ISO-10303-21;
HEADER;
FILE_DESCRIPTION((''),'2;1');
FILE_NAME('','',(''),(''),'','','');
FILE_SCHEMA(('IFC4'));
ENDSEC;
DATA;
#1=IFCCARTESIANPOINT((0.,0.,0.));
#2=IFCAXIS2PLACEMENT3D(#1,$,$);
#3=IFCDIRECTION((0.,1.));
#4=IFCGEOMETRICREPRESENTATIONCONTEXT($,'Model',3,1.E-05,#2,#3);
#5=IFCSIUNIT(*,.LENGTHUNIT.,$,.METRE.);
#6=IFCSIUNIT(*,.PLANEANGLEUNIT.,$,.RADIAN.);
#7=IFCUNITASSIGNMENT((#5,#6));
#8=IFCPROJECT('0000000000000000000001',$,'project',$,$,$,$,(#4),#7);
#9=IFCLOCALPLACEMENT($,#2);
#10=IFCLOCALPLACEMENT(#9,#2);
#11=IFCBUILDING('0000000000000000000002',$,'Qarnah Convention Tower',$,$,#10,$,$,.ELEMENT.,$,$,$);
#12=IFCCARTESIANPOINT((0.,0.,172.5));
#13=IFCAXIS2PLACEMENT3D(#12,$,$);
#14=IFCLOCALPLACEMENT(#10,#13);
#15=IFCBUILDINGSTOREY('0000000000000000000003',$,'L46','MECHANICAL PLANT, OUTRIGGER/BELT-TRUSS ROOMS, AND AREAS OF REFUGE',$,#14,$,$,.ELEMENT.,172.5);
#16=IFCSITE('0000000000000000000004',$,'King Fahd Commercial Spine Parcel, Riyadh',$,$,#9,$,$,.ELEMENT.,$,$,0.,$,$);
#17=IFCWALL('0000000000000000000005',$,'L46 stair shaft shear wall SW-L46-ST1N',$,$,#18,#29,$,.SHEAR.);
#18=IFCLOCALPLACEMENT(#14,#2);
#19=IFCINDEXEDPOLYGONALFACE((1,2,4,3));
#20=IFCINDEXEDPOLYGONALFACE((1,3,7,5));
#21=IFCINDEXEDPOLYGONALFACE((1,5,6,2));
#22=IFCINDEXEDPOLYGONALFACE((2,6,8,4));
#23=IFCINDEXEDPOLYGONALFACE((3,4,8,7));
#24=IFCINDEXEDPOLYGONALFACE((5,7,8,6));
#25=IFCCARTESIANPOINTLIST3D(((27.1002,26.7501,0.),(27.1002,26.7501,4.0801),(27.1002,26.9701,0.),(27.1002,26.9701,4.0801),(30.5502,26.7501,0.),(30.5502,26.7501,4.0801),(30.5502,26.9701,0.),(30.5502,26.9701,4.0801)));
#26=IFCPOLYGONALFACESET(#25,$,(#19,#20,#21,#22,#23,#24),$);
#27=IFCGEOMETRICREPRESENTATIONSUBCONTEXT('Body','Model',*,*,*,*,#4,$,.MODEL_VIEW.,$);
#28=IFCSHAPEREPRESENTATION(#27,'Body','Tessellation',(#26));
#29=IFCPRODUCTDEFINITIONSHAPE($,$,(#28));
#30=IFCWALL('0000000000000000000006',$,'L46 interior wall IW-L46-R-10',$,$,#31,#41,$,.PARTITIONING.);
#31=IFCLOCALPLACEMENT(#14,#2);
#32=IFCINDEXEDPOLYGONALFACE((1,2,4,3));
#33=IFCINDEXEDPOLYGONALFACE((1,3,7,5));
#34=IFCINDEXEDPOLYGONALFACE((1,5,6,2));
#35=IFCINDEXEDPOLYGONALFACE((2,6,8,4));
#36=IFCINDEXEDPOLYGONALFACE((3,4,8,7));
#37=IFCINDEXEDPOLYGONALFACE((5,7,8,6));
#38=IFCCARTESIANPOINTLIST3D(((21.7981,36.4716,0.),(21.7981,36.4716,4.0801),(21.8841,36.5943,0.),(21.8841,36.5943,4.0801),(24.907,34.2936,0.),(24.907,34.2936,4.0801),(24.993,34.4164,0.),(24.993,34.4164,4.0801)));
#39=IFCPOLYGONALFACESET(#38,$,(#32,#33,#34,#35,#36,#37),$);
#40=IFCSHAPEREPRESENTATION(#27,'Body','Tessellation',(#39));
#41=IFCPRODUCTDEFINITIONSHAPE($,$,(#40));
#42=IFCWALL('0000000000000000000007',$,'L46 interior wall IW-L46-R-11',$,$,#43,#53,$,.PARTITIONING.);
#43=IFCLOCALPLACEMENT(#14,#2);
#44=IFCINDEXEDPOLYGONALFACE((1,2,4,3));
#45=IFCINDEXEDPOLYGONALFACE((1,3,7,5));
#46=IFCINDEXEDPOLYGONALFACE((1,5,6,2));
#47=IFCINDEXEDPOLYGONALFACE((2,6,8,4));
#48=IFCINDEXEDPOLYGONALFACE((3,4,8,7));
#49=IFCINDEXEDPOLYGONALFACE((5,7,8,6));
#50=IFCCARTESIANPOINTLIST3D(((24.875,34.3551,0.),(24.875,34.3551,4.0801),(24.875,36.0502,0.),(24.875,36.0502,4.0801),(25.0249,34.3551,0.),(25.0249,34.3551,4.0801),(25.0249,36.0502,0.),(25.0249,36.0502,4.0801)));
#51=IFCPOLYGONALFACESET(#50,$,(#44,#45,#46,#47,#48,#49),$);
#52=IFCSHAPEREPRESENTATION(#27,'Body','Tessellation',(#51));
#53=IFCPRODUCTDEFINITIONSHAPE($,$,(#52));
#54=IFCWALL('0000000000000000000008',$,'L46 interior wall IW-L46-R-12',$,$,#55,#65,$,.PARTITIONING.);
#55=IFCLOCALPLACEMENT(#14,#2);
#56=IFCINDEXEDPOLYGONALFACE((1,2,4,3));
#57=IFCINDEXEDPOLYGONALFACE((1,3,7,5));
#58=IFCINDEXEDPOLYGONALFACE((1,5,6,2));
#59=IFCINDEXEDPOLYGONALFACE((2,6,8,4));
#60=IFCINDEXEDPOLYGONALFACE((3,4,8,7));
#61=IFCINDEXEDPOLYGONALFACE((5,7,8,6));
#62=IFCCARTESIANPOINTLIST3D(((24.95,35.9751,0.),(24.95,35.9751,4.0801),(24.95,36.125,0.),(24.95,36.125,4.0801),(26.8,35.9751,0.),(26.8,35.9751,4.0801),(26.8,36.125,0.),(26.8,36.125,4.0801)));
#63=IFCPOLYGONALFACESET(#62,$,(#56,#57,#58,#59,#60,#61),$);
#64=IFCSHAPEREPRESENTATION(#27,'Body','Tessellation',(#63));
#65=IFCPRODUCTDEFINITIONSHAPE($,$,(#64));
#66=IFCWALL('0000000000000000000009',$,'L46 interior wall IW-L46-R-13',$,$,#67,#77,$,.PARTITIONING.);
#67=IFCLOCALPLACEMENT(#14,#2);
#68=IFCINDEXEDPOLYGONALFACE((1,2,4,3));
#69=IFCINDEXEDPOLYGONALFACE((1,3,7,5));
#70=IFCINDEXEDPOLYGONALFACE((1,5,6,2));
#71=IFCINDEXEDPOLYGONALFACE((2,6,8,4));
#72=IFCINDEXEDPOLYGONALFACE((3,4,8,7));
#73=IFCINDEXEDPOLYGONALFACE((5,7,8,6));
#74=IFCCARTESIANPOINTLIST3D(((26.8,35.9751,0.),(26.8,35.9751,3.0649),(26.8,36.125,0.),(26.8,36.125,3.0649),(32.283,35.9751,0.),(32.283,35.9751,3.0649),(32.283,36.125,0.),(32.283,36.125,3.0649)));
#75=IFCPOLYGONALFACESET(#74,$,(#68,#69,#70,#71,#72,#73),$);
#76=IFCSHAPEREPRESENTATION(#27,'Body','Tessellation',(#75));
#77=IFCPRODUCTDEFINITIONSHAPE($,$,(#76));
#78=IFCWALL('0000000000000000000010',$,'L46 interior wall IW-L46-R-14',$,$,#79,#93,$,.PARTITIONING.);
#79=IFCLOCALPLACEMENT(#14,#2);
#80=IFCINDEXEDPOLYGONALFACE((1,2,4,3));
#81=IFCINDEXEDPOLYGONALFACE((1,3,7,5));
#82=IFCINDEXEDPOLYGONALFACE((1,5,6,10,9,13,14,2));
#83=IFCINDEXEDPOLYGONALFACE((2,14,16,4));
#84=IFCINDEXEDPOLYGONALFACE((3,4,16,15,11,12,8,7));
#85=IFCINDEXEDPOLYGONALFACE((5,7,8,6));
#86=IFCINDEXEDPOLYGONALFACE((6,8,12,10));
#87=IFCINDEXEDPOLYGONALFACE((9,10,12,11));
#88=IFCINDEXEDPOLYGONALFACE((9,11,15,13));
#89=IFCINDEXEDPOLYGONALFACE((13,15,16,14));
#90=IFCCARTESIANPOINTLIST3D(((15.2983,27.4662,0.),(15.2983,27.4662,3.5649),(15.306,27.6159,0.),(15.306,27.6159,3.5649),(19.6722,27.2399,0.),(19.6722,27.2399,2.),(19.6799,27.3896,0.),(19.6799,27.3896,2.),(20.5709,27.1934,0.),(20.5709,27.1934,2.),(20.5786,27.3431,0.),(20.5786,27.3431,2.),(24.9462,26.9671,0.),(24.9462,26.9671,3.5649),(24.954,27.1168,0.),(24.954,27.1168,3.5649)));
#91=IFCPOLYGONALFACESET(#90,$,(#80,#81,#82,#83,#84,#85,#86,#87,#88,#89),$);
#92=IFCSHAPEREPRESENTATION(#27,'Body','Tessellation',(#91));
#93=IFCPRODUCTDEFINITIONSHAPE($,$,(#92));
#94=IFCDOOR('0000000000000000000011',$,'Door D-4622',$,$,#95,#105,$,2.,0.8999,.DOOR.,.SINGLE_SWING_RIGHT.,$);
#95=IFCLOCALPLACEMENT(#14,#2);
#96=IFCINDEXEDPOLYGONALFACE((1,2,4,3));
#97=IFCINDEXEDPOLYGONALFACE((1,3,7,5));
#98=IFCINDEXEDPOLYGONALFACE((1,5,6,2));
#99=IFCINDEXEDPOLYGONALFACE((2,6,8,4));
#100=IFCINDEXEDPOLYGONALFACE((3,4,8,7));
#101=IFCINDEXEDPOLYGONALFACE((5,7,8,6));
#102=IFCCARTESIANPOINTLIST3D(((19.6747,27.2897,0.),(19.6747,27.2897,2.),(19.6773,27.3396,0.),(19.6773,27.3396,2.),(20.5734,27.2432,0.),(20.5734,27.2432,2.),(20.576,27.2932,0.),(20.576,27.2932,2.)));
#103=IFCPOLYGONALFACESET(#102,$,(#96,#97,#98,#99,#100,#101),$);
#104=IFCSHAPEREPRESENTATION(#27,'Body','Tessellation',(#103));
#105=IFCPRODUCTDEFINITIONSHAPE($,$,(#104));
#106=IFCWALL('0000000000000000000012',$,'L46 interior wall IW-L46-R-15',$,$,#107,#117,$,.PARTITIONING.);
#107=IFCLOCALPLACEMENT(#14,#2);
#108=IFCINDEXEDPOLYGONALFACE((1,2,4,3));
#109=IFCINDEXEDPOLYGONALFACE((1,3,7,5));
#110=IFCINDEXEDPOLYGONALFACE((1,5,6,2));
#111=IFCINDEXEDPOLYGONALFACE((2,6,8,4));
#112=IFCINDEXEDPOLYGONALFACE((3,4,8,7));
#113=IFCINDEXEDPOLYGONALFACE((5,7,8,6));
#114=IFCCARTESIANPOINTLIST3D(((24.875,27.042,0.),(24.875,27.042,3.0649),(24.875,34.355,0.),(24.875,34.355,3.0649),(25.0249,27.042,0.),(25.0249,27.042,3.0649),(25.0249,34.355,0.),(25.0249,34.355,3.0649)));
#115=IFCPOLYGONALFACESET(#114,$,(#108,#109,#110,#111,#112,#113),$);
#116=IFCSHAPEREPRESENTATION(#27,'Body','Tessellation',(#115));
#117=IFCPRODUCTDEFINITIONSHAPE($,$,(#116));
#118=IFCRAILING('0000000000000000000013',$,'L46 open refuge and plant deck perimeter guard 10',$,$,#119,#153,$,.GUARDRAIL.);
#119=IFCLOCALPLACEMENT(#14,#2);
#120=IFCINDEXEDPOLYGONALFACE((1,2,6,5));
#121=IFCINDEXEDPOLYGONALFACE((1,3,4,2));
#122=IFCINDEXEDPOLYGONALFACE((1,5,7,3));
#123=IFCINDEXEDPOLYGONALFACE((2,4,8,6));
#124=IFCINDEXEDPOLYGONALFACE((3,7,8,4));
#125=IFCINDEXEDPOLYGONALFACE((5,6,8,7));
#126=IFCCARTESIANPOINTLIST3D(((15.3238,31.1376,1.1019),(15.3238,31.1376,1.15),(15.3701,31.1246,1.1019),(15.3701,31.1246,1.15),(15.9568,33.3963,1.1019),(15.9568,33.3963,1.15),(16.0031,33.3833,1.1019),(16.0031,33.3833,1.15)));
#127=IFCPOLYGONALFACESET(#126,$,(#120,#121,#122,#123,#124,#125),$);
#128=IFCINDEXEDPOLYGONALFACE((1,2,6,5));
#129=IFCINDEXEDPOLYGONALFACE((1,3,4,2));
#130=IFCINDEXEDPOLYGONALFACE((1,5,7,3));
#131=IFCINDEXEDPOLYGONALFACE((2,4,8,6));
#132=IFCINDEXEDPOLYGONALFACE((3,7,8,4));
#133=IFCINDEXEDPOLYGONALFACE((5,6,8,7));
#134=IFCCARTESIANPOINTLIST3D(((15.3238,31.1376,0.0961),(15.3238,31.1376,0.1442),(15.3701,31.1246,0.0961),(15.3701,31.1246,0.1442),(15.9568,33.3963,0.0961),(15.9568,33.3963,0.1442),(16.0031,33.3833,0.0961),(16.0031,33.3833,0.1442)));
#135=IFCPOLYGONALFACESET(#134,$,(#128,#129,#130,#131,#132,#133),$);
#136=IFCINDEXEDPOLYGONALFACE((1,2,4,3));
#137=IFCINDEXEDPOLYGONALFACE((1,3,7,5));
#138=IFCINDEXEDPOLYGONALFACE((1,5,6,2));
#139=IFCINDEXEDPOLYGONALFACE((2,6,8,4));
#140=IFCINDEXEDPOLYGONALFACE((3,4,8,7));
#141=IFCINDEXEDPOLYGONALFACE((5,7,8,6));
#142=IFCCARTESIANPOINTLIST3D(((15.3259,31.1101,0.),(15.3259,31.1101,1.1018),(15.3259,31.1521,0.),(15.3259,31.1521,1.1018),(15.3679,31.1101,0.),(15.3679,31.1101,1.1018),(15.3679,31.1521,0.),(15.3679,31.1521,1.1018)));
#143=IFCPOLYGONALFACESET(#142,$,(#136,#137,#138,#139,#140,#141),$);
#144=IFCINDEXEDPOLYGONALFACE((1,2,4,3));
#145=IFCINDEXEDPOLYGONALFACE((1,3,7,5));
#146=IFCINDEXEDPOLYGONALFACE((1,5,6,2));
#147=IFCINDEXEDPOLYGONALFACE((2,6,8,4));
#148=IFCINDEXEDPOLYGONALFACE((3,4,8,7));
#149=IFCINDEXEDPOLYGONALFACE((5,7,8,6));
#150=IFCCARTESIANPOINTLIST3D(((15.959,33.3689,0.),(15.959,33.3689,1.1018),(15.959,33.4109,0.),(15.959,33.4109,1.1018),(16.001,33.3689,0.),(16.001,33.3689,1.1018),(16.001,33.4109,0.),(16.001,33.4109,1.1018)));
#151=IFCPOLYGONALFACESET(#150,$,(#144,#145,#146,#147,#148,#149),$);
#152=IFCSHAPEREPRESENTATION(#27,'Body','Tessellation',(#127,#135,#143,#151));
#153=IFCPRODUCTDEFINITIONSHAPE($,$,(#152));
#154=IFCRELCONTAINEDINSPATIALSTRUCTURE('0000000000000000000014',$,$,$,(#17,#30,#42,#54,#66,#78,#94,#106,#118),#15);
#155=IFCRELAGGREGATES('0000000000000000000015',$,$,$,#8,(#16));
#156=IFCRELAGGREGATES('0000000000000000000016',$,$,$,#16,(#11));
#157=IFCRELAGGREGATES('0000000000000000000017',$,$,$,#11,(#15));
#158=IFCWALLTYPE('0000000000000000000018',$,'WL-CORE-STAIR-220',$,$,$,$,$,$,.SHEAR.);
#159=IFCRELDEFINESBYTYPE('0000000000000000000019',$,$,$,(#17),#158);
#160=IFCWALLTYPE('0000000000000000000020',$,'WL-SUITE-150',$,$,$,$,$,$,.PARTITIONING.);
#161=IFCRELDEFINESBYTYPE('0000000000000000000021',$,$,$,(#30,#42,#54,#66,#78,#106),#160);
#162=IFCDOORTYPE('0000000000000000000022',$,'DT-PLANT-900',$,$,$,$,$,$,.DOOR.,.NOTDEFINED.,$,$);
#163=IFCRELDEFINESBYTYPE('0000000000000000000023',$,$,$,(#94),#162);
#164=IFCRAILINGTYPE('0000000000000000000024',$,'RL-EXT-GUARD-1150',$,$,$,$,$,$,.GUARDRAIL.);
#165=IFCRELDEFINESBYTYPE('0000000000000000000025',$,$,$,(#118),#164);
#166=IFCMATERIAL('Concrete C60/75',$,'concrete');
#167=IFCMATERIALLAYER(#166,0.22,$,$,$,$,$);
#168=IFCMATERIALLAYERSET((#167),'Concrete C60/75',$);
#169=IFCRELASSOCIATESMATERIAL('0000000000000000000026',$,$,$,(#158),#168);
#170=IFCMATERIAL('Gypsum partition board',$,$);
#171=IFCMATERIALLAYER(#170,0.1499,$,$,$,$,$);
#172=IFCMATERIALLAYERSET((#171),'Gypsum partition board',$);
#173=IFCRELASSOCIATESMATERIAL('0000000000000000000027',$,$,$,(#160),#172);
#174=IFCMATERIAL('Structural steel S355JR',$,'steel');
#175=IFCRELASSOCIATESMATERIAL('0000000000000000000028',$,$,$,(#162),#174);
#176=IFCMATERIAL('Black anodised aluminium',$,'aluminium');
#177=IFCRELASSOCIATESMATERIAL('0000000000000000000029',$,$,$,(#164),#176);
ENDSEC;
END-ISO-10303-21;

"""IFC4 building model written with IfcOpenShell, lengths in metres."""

from ifc_helpers import new_model, si_unit, direction, frame, frame_2d, origin, origin_2d, place, context, subcontext, project, spatial, rectangle, extrude, material, layer, layer_set, type_object, element, fill, save


model = new_model("IFC4")

# Units and contexts
model_context = context("Model", 3, precision=1e-05, world=origin(), true_north=direction((0.0, 1.0)))
body_context = subcontext(model_context, "Body", "Model", "MODEL_VIEW")
ifc_project = project(units=[si_unit("LENGTHUNIT", "METRE"), si_unit("PLANEANGLEUNIT", "RADIAN")], contexts=[model_context])

# Site, building, storey
site_placement = place(None, origin())
site = spatial("IfcSite", under=ifc_project, at=site_placement, Name="King Fahd Commercial Spine Parcel, Riyadh", CompositionType="ELEMENT", RefElevation=0.0)
building_placement = place(site_placement, origin())
building = spatial("IfcBuilding", under=site, at=building_placement, Name="Qarnah Convention Tower", CompositionType="ELEMENT")
storey_placement = place(building_placement, frame((0.0, 0.0, 172.5)))
storey = spatial("IfcBuildingStorey", under=building, at=storey_placement, Name="L46", Description="MECHANICAL PLANT, OUTRIGGER/BELT-TRUSS ROOMS, AND AREAS OF REFUGE", CompositionType="ELEMENT", Elevation=172.5)

# Shared definitions
ifc_material_1 = material(Name="Concrete C60/75", Category="concrete")

# Shared definitions
ifc_material_2 = material(Name="Structural steel S355JR", Category="steel")

# Walls
ifc_layer_1 = layer(ifc_material_1, 0.22)
ifc_layer_set_1 = layer_set([ifc_layer_1], Name="Concrete C60/75")
wall_type_1 = type_object("IfcWallType", Name="WL-CORE-STAIR-220", PredefinedType="SHEAR", material=ifc_layer_set_1)
wall_1_placement = place(storey_placement, frame((27.1001, 26.8601, 0.0), z_axis=(0.0, 0.0, 1.0), x_axis=(1.0, 0.0, 0.0)))
element("IfcWall", 1, at=wall_1_placement, inside=storey, type_object=wall_type_1, Name="L46 stair shaft shear wall SW-L46-ST1N", PredefinedType="SHEAR", context=body_context, shape_type="SweptSolid", body=[
    extrude(rectangle(XDim=3.45, YDim=0.22, at=frame_2d((1.7251, 0.0))), origin(), (0.0, 0.0, 1.0), 4.0801),
])
ifc_material_3 = material(Name="Gypsum partition board")
ifc_layer_2 = layer(ifc_material_3, 0.1499)
ifc_layer_set_2 = layer_set([ifc_layer_2], Name="Gypsum partition board")
wall_type_2 = type_object("IfcWallType", Name="WL-SUITE-150", PredefinedType="PARTITIONING", material=ifc_layer_set_2)
wall_2_placement = place(storey_placement, frame((21.8411, 36.533, 0.0), z_axis=(0.0, 0.0, 1.0), x_axis=(0.819014, -0.573773, 0.0)))
element("IfcWall", 2, at=wall_2_placement, inside=storey, type_object=wall_type_2, Name="L46 interior wall IW-L46-R-10", PredefinedType="PARTITIONING", context=body_context, shape_type="SweptSolid", body=[
    extrude(rectangle(XDim=3.7959, YDim=0.1499, at=frame_2d((1.8979, 0.0))), origin(), (0.0, 0.0, 1.0), 4.0801),
])
wall_3_placement = place(storey_placement, frame((24.95, 34.355, 0.0), z_axis=(0.0, 0.0, 1.0), x_axis=(0.0, 1.0, 0.0)))
element("IfcWall", 3, at=wall_3_placement, inside=storey, type_object=wall_type_2, Name="L46 interior wall IW-L46-R-11", PredefinedType="PARTITIONING", context=body_context, shape_type="SweptSolid", body=[
    extrude(rectangle(XDim=1.6951, YDim=0.1499, at=frame_2d((0.8477, 0.0))), origin(), (0.0, 0.0, 1.0), 4.0801),
])
wall_4_placement = place(storey_placement, frame((24.95, 36.05, 0.0), z_axis=(0.0, 0.0, 1.0), x_axis=(1.0, 0.0, 0.0)))
element("IfcWall", 4, at=wall_4_placement, inside=storey, type_object=wall_type_2, Name="L46 interior wall IW-L46-R-12", PredefinedType="PARTITIONING", context=body_context, shape_type="SweptSolid", body=[
    extrude(rectangle(XDim=1.8501, YDim=0.1499, at=frame_2d((0.925, 0.0))), origin(), (0.0, 0.0, 1.0), 4.0801),
])
wall_5_placement = place(storey_placement, frame((26.8, 36.05, 0.0), z_axis=(0.0, 0.0, 1.0), x_axis=(1.0, 0.0, 0.0)))
element("IfcWall", 5, at=wall_5_placement, inside=storey, type_object=wall_type_2, Name="L46 interior wall IW-L46-R-13", PredefinedType="PARTITIONING", context=body_context, shape_type="SweptSolid", body=[
    extrude(rectangle(XDim=5.4829, YDim=0.1499, at=frame_2d((2.7415, 0.0))), origin(), (0.0, 0.0, 1.0), 3.0649),
])

# Wall, opening, door
wall_6_placement = place(storey_placement, frame((15.302, 27.541, 0.0), z_axis=(0.0, 0.0, 1.0), x_axis=(0.998665, -0.051654, 0.0)))
wall_6 = element("IfcWall", 6, at=wall_6_placement, inside=storey, type_object=wall_type_2, Name="L46 interior wall IW-L46-R-14", PredefinedType="PARTITIONING", context=body_context, shape_type="SweptSolid", body=[
    extrude(rectangle(XDim=9.6609, YDim=0.1499, at=frame_2d((4.8306, 0.0))), origin(), (0.0, 0.0, 1.0), 3.5649),
])
opening_1_placement = place(wall_6_placement, frame((4.3799, 0.0, 0.0)))
opening_1 = element("IfcOpeningElement", 7, at=opening_1_placement, cuts=wall_6, PredefinedType="OPENING", context=body_context, shape_type="SweptSolid", body=[
    extrude(rectangle(XDim=0.8999, YDim=2.0, at=frame_2d((0.45, 1.0))), frame((0.0, 0.085, 0.0), z_axis=(0.0, -1.0, 0.0), x_axis=(1.0, 0.0, 0.0)), (0.0, 0.0, 1.0), 0.1699),
])
door_type_1 = type_object("IfcDoorType", Name="DT-PLANT-900", OperationType="NOTDEFINED", PredefinedType="DOOR", material=ifc_material_2)
door_1_placement = place(opening_1_placement, origin())
door_1 = element("IfcDoor", 8, at=door_1_placement, inside=storey, type_object=door_type_1, Name="Door D-4622", OperationType="SINGLE_SWING_RIGHT", OverallHeight=2.0, OverallWidth=0.8999, PredefinedType="DOOR", context=body_context, shape_type="SweptSolid", body=[
    extrude(rectangle(XDim=0.8999, YDim=2.0, at=frame_2d((0.45, 1.0))), frame((0.0, 0.0249, 0.0), z_axis=(0.0, -1.0, 0.0), x_axis=(1.0, 0.0, 0.0)), (0.0, 0.0, 1.0), 0.05),
])
fill(opening_1, door_1)

# Wall
wall_7_placement = place(storey_placement, frame((24.95, 27.042, 0.0), z_axis=(0.0, 0.0, 1.0), x_axis=(0.0, 1.0, 0.0)))
element("IfcWall", 9, at=wall_7_placement, inside=storey, type_object=wall_type_2, Name="L46 interior wall IW-L46-R-15", PredefinedType="PARTITIONING", context=body_context, shape_type="SweptSolid", body=[
    extrude(rectangle(XDim=7.313, YDim=0.1499, at=frame_2d((3.6565, 0.0))), origin(), (0.0, 0.0, 1.0), 3.0649),
])

# Railing
ifc_material_4 = material(Name="Black anodised aluminium", Category="aluminium")
railing_type_1 = type_object("IfcRailingType", Name="RL-EXT-GUARD-1150", PredefinedType="GUARDRAIL", material=ifc_material_4)
railing_1_placement = place(storey_placement, frame((15.3469, 31.1311, 0.0)))
element("IfcRailing", 10, at=railing_1_placement, inside=storey, type_object=railing_type_1, Name="L46 open refuge and plant deck perimeter guard 10", PredefinedType="GUARDRAIL", context=body_context, shape_type="SweptSolid", body=[
    extrude(rectangle(XDim=0.0481, YDim=0.0481, at=origin_2d()), frame((0.0, 0.0, 1.126), z_axis=(0.269865, 0.962898, 0.0), x_axis=(-0.962898, 0.269865, 0.0)), (0.0, 0.0, 1.0), 2.3457),
    extrude(rectangle(XDim=0.0481, YDim=0.0481, at=origin_2d()), frame((0.0, 0.0, 0.1201), z_axis=(0.269865, 0.962898, 0.0), x_axis=(-0.962898, 0.269865, 0.0)), (0.0, 0.0, 1.0), 2.3457),
    extrude(rectangle(XDim=0.042, YDim=0.042, at=origin_2d()), origin(), (0.0, 0.0, 1.0), 1.1018),
    extrude(rectangle(XDim=0.042, YDim=0.042, at=origin_2d()), frame((0.6331, 2.2588, 0.0)), (0.0, 0.0, 1.0), 1.1018),
])

save(model, "model.ifc")
